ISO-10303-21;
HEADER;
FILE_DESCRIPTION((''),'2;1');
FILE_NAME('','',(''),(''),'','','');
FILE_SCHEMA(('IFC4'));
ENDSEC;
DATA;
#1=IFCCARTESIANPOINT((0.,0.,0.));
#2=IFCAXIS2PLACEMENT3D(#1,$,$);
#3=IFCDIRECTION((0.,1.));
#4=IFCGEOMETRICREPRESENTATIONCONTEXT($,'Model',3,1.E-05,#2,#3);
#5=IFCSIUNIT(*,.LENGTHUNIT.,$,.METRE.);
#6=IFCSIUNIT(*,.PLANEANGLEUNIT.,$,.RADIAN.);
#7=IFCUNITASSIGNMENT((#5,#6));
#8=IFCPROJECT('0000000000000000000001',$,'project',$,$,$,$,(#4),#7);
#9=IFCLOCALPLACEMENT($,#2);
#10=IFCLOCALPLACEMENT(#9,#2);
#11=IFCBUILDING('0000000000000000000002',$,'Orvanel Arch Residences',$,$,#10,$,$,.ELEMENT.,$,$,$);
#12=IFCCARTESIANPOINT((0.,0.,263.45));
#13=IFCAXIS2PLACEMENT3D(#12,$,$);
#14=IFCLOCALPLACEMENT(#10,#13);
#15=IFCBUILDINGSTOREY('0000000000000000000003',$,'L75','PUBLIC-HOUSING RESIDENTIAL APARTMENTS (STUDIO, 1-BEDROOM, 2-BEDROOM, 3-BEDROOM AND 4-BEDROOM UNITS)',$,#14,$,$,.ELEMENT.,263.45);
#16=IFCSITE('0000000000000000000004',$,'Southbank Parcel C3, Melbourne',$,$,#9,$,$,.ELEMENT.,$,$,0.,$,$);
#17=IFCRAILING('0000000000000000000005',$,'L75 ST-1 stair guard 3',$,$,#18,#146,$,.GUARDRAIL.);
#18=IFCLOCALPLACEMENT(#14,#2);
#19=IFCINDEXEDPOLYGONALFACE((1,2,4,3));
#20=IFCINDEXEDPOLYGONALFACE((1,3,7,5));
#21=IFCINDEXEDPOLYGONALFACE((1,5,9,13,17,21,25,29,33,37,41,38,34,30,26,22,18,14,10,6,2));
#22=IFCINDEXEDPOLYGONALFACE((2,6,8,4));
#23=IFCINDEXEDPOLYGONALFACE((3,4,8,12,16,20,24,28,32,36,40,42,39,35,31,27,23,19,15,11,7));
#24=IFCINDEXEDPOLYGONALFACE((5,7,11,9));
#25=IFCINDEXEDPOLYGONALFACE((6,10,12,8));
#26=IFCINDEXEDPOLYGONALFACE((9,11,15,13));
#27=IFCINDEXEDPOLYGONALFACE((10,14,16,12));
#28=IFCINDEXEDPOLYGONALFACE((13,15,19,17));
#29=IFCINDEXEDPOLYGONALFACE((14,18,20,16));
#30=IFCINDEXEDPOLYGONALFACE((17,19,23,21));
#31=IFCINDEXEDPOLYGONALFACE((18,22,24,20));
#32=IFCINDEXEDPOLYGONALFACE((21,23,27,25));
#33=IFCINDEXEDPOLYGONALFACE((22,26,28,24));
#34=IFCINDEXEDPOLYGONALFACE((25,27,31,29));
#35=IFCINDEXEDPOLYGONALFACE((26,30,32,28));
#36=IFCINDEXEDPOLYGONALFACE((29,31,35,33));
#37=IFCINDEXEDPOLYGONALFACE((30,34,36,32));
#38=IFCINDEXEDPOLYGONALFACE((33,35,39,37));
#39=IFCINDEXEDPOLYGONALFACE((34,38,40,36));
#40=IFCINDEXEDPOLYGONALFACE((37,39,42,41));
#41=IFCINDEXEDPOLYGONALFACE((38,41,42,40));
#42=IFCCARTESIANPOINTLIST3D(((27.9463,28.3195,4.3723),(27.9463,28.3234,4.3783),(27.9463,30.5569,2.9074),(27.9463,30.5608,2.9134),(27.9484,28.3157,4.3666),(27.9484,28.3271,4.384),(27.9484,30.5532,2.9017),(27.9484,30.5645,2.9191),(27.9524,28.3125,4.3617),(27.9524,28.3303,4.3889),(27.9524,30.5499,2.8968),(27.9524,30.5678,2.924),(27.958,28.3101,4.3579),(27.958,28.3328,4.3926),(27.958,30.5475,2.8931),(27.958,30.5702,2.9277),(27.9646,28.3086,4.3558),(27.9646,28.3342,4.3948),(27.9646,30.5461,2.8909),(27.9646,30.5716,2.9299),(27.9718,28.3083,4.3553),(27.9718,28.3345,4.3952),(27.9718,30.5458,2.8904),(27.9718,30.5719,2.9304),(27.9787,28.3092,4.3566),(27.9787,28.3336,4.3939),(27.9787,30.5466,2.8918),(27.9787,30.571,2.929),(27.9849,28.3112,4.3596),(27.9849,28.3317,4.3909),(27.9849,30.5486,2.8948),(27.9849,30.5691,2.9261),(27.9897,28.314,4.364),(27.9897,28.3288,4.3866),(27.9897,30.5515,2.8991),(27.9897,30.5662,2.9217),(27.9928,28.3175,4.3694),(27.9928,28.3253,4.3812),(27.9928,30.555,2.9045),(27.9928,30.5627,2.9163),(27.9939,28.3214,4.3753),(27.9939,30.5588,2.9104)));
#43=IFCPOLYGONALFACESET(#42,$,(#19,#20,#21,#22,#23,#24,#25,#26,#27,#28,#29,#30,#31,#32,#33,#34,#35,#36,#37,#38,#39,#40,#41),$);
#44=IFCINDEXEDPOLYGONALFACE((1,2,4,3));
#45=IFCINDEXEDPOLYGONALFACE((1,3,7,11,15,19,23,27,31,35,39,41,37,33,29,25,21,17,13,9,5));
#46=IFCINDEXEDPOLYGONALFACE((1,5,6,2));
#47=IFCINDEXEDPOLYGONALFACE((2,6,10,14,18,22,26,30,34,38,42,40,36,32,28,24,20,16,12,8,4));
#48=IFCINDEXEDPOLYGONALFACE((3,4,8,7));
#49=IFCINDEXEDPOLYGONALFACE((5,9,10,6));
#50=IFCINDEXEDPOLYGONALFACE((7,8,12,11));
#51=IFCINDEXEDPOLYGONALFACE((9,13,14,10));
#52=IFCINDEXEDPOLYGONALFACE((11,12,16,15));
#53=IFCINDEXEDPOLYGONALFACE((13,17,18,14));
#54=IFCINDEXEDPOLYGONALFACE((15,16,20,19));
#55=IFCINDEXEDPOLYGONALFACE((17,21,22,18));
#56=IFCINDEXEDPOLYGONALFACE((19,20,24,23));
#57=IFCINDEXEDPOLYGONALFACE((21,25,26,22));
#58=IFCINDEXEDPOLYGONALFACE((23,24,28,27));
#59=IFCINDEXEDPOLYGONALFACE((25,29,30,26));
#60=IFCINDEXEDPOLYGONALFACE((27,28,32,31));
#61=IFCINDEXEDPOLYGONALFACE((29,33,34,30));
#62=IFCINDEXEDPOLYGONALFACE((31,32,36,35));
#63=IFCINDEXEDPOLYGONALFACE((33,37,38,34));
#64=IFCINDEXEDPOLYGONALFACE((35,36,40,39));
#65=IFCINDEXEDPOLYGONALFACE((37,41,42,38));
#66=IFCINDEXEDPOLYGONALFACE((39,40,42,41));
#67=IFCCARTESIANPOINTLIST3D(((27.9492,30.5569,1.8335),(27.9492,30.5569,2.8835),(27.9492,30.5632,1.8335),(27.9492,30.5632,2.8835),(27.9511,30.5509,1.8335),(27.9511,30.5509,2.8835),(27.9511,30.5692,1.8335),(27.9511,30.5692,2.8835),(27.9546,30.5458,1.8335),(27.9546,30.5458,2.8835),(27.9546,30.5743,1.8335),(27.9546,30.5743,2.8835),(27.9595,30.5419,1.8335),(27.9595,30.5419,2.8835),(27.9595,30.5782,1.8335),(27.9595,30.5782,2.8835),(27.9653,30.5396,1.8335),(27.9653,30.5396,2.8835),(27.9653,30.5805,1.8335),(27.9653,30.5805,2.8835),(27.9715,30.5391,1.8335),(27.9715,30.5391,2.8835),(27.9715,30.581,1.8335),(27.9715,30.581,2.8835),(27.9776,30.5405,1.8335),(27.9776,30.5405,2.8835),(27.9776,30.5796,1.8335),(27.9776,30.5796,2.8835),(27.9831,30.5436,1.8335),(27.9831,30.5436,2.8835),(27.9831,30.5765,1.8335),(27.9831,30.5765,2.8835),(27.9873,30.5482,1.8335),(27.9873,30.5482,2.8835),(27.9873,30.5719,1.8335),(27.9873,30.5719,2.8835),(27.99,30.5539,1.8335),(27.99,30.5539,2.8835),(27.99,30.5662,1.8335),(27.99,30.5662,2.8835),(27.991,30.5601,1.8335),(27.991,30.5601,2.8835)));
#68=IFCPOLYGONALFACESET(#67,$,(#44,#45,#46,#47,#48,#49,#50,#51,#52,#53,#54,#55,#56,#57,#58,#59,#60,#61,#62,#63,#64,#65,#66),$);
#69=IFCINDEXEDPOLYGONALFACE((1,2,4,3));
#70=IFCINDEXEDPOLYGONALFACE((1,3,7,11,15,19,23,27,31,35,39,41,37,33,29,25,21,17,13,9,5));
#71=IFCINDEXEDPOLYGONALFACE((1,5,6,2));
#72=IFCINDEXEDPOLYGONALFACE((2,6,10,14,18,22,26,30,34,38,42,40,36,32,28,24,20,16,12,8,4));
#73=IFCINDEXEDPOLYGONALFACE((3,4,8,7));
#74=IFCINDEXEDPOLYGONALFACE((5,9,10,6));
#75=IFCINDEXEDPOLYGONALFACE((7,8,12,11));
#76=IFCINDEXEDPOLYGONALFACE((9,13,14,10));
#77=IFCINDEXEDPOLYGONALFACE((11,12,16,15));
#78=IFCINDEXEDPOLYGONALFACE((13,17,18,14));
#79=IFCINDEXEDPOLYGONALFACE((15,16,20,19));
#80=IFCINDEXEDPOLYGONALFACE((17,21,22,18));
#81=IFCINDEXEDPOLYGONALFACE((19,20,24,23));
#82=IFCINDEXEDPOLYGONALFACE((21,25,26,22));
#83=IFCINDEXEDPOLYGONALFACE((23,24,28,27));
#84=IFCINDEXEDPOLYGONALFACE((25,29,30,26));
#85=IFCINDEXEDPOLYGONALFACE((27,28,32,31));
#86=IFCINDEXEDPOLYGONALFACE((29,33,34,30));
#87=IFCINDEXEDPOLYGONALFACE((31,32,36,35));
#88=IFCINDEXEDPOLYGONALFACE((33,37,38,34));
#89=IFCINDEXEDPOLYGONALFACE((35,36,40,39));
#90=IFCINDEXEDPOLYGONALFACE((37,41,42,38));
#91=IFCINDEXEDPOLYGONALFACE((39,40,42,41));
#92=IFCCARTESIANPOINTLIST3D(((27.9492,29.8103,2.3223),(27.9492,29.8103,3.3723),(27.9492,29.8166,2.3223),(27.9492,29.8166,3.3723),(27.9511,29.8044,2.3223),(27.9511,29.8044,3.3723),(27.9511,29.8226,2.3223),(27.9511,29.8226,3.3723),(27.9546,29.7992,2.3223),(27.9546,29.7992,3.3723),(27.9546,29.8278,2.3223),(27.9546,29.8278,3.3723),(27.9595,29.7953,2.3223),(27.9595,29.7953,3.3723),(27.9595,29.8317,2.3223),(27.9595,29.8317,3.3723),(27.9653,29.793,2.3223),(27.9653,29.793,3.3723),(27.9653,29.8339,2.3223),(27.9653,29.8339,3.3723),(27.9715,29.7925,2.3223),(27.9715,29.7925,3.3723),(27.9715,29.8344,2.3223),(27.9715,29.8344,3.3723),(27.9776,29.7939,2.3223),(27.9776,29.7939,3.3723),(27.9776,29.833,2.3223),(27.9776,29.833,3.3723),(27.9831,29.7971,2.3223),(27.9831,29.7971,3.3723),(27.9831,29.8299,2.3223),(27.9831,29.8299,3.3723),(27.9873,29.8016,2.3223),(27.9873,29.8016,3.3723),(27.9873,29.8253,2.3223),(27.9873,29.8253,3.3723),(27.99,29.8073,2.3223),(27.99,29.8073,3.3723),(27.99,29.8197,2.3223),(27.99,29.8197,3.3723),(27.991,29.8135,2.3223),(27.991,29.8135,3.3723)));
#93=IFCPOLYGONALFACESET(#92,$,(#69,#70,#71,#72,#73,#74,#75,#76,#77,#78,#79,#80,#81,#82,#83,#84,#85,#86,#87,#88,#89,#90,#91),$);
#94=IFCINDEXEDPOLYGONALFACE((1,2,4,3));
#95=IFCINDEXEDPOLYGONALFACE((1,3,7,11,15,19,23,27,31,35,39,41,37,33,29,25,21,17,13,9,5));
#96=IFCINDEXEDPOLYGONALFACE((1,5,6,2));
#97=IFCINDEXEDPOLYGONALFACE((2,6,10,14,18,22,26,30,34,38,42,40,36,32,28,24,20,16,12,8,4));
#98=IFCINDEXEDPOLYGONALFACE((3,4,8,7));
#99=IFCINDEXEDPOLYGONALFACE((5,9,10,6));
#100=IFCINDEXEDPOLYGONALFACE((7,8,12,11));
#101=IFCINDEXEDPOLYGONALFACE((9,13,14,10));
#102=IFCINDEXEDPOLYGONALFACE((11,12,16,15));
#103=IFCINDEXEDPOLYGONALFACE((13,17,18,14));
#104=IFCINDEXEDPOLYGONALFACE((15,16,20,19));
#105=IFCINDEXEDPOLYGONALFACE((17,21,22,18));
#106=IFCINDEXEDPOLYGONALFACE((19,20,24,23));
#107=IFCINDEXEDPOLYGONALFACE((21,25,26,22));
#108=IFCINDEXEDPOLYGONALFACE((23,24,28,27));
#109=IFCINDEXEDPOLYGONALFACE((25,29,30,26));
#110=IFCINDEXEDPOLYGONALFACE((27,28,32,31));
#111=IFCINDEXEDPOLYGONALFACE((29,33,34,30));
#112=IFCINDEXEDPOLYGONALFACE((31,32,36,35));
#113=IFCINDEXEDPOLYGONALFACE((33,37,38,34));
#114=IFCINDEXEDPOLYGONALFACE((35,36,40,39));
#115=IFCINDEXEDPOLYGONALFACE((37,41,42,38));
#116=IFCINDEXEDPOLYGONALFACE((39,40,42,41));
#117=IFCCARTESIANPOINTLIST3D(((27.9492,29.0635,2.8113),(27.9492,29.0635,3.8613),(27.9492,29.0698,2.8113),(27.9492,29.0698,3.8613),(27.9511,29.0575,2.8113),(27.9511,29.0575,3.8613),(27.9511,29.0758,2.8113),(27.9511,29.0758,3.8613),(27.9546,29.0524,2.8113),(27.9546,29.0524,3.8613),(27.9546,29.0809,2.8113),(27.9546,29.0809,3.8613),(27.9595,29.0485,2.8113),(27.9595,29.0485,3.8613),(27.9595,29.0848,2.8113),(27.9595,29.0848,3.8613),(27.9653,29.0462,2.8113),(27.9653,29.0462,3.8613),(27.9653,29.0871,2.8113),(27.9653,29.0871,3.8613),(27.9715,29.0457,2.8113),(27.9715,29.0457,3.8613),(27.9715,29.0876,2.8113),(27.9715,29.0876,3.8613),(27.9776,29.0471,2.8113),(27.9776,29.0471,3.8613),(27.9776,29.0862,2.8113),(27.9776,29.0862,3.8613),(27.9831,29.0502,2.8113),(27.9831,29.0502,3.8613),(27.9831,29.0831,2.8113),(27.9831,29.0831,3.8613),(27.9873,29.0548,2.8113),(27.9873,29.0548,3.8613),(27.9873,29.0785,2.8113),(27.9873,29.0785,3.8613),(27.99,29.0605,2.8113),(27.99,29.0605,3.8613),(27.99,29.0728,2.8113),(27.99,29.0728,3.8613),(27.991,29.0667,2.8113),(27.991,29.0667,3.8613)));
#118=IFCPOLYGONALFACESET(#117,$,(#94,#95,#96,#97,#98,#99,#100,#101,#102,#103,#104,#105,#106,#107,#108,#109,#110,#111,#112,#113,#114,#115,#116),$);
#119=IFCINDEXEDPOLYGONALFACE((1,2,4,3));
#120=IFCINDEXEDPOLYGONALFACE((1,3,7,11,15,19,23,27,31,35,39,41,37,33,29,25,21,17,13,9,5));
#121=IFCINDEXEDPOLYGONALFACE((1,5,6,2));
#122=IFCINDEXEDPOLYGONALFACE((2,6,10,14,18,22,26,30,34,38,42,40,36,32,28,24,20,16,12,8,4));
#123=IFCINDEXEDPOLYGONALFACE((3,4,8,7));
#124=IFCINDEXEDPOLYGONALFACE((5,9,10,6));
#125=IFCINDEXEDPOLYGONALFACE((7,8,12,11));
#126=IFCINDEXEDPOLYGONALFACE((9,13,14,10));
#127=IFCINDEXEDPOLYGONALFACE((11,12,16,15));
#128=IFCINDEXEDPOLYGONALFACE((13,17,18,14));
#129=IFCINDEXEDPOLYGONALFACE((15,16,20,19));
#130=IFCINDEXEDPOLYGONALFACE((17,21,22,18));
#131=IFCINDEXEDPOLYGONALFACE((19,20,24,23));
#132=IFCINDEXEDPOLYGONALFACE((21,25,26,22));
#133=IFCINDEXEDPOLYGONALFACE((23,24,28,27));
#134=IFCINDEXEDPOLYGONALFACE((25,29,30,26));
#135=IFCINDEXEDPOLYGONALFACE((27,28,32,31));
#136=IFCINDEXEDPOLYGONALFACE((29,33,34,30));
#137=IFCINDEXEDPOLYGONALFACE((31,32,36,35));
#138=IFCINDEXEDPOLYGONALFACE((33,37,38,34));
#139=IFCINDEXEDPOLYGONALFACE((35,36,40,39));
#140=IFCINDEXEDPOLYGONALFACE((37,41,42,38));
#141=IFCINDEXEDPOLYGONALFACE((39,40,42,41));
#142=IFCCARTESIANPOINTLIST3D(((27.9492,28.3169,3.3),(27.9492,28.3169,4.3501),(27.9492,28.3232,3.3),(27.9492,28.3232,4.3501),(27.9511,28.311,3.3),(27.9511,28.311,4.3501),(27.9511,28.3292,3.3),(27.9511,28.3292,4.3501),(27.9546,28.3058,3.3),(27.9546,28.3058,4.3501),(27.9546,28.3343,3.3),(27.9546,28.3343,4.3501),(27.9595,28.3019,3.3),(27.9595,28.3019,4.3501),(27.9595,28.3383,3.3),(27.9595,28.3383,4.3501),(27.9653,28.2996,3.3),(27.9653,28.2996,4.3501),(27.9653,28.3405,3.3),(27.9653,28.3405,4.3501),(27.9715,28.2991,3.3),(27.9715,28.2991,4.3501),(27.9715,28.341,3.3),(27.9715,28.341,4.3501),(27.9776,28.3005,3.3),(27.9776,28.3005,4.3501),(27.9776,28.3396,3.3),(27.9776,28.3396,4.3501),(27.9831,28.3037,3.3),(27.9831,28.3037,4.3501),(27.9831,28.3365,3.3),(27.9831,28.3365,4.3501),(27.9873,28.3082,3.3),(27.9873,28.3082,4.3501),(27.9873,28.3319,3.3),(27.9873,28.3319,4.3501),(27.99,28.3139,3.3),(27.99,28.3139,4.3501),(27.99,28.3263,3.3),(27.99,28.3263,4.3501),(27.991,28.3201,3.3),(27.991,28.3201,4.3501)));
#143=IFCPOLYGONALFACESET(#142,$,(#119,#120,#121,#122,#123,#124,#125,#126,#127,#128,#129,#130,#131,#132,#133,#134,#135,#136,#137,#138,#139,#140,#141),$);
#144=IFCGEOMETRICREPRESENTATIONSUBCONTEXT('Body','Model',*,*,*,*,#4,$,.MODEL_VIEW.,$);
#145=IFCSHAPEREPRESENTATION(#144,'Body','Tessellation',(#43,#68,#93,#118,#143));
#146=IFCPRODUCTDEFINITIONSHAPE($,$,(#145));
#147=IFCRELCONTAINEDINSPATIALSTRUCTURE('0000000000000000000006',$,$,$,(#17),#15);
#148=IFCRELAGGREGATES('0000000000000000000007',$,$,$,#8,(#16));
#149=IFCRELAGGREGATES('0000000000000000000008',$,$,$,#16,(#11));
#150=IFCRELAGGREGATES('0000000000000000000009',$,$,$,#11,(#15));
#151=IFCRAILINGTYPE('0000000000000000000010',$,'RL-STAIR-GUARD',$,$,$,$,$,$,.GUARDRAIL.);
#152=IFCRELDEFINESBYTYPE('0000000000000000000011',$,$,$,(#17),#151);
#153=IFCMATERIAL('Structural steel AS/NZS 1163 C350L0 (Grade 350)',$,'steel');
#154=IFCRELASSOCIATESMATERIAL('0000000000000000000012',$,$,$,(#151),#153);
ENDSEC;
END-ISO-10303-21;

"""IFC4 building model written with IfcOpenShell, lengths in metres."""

from ifc_helpers import new_model, si_unit, direction, frame, origin, origin_2d, place, context, subcontext, project, spatial, circle, extrude, material, type_object, element, save


model = new_model("IFC4")

# Units and contexts
model_context = context("Model", 3, precision=1e-05, world=origin(), true_north=direction((0.0, 1.0)))
body_context = subcontext(model_context, "Body", "Model", "MODEL_VIEW")
ifc_project = project(units=[si_unit("LENGTHUNIT", "METRE"), si_unit("PLANEANGLEUNIT", "RADIAN")], contexts=[model_context])

# Site, building, storey
site_placement = place(None, origin())
site = spatial("IfcSite", under=ifc_project, at=site_placement, Name="Southbank Parcel C3, Melbourne", CompositionType="ELEMENT", RefElevation=0.0)
building_placement = place(site_placement, origin())
building = spatial("IfcBuilding", under=site, at=building_placement, Name="Orvanel Arch Residences", CompositionType="ELEMENT")
storey_placement = place(building_placement, frame((0.0, 0.0, 263.45)))
storey = spatial("IfcBuildingStorey", under=building, at=storey_placement, Name="L75", Description="PUBLIC-HOUSING RESIDENTIAL APARTMENTS (STUDIO, 1-BEDROOM, 2-BEDROOM, 3-BEDROOM AND 4-BEDROOM UNITS)", CompositionType="ELEMENT", Elevation=263.45)

# Railing
ifc_material_1 = material(Name="Structural steel AS/NZS 1163 C350L0 (Grade 350)", Category="steel")
railing_type_1 = type_object("IfcRailingType", Name="RL-STAIR-GUARD", PredefinedType="GUARDRAIL", material=ifc_material_1)
railing_1_placement = place(storey_placement, frame((27.97, 30.5601, 1.8335)))
element("IfcRailing", 1, at=railing_1_placement, inside=storey, type_object=railing_type_1, Name="L75 ST-1 stair guard 3", PredefinedType="GUARDRAIL", context=body_context, shape_type="SweptSolid", body=[
    extrude(circle(Radius=0.0239, at=origin_2d()), frame((0.0, -0.0012, 1.0769), z_axis=(0.0, -0.836637, 0.547758), x_axis=(1.0, 0.0, 0.0)), (0.0, 0.0, 1.0), 2.6743),
    extrude(circle(Radius=0.021, at=origin_2d()), origin(), (0.0, 0.0, 1.0), 1.05),
    extrude(circle(Radius=0.021, at=origin_2d()), frame((0.0, -0.7466, 0.4888)), (0.0, 0.0, 1.0), 1.05),
    extrude(circle(Radius=0.021, at=origin_2d()), frame((0.0, -1.4934, 0.9778)), (0.0, 0.0, 1.0), 1.05),
    extrude(circle(Radius=0.021, at=origin_2d()), frame((0.0, -2.24, 1.4666)), (0.0, 0.0, 1.0), 1.05),
])

save(model, "model.ifc")
